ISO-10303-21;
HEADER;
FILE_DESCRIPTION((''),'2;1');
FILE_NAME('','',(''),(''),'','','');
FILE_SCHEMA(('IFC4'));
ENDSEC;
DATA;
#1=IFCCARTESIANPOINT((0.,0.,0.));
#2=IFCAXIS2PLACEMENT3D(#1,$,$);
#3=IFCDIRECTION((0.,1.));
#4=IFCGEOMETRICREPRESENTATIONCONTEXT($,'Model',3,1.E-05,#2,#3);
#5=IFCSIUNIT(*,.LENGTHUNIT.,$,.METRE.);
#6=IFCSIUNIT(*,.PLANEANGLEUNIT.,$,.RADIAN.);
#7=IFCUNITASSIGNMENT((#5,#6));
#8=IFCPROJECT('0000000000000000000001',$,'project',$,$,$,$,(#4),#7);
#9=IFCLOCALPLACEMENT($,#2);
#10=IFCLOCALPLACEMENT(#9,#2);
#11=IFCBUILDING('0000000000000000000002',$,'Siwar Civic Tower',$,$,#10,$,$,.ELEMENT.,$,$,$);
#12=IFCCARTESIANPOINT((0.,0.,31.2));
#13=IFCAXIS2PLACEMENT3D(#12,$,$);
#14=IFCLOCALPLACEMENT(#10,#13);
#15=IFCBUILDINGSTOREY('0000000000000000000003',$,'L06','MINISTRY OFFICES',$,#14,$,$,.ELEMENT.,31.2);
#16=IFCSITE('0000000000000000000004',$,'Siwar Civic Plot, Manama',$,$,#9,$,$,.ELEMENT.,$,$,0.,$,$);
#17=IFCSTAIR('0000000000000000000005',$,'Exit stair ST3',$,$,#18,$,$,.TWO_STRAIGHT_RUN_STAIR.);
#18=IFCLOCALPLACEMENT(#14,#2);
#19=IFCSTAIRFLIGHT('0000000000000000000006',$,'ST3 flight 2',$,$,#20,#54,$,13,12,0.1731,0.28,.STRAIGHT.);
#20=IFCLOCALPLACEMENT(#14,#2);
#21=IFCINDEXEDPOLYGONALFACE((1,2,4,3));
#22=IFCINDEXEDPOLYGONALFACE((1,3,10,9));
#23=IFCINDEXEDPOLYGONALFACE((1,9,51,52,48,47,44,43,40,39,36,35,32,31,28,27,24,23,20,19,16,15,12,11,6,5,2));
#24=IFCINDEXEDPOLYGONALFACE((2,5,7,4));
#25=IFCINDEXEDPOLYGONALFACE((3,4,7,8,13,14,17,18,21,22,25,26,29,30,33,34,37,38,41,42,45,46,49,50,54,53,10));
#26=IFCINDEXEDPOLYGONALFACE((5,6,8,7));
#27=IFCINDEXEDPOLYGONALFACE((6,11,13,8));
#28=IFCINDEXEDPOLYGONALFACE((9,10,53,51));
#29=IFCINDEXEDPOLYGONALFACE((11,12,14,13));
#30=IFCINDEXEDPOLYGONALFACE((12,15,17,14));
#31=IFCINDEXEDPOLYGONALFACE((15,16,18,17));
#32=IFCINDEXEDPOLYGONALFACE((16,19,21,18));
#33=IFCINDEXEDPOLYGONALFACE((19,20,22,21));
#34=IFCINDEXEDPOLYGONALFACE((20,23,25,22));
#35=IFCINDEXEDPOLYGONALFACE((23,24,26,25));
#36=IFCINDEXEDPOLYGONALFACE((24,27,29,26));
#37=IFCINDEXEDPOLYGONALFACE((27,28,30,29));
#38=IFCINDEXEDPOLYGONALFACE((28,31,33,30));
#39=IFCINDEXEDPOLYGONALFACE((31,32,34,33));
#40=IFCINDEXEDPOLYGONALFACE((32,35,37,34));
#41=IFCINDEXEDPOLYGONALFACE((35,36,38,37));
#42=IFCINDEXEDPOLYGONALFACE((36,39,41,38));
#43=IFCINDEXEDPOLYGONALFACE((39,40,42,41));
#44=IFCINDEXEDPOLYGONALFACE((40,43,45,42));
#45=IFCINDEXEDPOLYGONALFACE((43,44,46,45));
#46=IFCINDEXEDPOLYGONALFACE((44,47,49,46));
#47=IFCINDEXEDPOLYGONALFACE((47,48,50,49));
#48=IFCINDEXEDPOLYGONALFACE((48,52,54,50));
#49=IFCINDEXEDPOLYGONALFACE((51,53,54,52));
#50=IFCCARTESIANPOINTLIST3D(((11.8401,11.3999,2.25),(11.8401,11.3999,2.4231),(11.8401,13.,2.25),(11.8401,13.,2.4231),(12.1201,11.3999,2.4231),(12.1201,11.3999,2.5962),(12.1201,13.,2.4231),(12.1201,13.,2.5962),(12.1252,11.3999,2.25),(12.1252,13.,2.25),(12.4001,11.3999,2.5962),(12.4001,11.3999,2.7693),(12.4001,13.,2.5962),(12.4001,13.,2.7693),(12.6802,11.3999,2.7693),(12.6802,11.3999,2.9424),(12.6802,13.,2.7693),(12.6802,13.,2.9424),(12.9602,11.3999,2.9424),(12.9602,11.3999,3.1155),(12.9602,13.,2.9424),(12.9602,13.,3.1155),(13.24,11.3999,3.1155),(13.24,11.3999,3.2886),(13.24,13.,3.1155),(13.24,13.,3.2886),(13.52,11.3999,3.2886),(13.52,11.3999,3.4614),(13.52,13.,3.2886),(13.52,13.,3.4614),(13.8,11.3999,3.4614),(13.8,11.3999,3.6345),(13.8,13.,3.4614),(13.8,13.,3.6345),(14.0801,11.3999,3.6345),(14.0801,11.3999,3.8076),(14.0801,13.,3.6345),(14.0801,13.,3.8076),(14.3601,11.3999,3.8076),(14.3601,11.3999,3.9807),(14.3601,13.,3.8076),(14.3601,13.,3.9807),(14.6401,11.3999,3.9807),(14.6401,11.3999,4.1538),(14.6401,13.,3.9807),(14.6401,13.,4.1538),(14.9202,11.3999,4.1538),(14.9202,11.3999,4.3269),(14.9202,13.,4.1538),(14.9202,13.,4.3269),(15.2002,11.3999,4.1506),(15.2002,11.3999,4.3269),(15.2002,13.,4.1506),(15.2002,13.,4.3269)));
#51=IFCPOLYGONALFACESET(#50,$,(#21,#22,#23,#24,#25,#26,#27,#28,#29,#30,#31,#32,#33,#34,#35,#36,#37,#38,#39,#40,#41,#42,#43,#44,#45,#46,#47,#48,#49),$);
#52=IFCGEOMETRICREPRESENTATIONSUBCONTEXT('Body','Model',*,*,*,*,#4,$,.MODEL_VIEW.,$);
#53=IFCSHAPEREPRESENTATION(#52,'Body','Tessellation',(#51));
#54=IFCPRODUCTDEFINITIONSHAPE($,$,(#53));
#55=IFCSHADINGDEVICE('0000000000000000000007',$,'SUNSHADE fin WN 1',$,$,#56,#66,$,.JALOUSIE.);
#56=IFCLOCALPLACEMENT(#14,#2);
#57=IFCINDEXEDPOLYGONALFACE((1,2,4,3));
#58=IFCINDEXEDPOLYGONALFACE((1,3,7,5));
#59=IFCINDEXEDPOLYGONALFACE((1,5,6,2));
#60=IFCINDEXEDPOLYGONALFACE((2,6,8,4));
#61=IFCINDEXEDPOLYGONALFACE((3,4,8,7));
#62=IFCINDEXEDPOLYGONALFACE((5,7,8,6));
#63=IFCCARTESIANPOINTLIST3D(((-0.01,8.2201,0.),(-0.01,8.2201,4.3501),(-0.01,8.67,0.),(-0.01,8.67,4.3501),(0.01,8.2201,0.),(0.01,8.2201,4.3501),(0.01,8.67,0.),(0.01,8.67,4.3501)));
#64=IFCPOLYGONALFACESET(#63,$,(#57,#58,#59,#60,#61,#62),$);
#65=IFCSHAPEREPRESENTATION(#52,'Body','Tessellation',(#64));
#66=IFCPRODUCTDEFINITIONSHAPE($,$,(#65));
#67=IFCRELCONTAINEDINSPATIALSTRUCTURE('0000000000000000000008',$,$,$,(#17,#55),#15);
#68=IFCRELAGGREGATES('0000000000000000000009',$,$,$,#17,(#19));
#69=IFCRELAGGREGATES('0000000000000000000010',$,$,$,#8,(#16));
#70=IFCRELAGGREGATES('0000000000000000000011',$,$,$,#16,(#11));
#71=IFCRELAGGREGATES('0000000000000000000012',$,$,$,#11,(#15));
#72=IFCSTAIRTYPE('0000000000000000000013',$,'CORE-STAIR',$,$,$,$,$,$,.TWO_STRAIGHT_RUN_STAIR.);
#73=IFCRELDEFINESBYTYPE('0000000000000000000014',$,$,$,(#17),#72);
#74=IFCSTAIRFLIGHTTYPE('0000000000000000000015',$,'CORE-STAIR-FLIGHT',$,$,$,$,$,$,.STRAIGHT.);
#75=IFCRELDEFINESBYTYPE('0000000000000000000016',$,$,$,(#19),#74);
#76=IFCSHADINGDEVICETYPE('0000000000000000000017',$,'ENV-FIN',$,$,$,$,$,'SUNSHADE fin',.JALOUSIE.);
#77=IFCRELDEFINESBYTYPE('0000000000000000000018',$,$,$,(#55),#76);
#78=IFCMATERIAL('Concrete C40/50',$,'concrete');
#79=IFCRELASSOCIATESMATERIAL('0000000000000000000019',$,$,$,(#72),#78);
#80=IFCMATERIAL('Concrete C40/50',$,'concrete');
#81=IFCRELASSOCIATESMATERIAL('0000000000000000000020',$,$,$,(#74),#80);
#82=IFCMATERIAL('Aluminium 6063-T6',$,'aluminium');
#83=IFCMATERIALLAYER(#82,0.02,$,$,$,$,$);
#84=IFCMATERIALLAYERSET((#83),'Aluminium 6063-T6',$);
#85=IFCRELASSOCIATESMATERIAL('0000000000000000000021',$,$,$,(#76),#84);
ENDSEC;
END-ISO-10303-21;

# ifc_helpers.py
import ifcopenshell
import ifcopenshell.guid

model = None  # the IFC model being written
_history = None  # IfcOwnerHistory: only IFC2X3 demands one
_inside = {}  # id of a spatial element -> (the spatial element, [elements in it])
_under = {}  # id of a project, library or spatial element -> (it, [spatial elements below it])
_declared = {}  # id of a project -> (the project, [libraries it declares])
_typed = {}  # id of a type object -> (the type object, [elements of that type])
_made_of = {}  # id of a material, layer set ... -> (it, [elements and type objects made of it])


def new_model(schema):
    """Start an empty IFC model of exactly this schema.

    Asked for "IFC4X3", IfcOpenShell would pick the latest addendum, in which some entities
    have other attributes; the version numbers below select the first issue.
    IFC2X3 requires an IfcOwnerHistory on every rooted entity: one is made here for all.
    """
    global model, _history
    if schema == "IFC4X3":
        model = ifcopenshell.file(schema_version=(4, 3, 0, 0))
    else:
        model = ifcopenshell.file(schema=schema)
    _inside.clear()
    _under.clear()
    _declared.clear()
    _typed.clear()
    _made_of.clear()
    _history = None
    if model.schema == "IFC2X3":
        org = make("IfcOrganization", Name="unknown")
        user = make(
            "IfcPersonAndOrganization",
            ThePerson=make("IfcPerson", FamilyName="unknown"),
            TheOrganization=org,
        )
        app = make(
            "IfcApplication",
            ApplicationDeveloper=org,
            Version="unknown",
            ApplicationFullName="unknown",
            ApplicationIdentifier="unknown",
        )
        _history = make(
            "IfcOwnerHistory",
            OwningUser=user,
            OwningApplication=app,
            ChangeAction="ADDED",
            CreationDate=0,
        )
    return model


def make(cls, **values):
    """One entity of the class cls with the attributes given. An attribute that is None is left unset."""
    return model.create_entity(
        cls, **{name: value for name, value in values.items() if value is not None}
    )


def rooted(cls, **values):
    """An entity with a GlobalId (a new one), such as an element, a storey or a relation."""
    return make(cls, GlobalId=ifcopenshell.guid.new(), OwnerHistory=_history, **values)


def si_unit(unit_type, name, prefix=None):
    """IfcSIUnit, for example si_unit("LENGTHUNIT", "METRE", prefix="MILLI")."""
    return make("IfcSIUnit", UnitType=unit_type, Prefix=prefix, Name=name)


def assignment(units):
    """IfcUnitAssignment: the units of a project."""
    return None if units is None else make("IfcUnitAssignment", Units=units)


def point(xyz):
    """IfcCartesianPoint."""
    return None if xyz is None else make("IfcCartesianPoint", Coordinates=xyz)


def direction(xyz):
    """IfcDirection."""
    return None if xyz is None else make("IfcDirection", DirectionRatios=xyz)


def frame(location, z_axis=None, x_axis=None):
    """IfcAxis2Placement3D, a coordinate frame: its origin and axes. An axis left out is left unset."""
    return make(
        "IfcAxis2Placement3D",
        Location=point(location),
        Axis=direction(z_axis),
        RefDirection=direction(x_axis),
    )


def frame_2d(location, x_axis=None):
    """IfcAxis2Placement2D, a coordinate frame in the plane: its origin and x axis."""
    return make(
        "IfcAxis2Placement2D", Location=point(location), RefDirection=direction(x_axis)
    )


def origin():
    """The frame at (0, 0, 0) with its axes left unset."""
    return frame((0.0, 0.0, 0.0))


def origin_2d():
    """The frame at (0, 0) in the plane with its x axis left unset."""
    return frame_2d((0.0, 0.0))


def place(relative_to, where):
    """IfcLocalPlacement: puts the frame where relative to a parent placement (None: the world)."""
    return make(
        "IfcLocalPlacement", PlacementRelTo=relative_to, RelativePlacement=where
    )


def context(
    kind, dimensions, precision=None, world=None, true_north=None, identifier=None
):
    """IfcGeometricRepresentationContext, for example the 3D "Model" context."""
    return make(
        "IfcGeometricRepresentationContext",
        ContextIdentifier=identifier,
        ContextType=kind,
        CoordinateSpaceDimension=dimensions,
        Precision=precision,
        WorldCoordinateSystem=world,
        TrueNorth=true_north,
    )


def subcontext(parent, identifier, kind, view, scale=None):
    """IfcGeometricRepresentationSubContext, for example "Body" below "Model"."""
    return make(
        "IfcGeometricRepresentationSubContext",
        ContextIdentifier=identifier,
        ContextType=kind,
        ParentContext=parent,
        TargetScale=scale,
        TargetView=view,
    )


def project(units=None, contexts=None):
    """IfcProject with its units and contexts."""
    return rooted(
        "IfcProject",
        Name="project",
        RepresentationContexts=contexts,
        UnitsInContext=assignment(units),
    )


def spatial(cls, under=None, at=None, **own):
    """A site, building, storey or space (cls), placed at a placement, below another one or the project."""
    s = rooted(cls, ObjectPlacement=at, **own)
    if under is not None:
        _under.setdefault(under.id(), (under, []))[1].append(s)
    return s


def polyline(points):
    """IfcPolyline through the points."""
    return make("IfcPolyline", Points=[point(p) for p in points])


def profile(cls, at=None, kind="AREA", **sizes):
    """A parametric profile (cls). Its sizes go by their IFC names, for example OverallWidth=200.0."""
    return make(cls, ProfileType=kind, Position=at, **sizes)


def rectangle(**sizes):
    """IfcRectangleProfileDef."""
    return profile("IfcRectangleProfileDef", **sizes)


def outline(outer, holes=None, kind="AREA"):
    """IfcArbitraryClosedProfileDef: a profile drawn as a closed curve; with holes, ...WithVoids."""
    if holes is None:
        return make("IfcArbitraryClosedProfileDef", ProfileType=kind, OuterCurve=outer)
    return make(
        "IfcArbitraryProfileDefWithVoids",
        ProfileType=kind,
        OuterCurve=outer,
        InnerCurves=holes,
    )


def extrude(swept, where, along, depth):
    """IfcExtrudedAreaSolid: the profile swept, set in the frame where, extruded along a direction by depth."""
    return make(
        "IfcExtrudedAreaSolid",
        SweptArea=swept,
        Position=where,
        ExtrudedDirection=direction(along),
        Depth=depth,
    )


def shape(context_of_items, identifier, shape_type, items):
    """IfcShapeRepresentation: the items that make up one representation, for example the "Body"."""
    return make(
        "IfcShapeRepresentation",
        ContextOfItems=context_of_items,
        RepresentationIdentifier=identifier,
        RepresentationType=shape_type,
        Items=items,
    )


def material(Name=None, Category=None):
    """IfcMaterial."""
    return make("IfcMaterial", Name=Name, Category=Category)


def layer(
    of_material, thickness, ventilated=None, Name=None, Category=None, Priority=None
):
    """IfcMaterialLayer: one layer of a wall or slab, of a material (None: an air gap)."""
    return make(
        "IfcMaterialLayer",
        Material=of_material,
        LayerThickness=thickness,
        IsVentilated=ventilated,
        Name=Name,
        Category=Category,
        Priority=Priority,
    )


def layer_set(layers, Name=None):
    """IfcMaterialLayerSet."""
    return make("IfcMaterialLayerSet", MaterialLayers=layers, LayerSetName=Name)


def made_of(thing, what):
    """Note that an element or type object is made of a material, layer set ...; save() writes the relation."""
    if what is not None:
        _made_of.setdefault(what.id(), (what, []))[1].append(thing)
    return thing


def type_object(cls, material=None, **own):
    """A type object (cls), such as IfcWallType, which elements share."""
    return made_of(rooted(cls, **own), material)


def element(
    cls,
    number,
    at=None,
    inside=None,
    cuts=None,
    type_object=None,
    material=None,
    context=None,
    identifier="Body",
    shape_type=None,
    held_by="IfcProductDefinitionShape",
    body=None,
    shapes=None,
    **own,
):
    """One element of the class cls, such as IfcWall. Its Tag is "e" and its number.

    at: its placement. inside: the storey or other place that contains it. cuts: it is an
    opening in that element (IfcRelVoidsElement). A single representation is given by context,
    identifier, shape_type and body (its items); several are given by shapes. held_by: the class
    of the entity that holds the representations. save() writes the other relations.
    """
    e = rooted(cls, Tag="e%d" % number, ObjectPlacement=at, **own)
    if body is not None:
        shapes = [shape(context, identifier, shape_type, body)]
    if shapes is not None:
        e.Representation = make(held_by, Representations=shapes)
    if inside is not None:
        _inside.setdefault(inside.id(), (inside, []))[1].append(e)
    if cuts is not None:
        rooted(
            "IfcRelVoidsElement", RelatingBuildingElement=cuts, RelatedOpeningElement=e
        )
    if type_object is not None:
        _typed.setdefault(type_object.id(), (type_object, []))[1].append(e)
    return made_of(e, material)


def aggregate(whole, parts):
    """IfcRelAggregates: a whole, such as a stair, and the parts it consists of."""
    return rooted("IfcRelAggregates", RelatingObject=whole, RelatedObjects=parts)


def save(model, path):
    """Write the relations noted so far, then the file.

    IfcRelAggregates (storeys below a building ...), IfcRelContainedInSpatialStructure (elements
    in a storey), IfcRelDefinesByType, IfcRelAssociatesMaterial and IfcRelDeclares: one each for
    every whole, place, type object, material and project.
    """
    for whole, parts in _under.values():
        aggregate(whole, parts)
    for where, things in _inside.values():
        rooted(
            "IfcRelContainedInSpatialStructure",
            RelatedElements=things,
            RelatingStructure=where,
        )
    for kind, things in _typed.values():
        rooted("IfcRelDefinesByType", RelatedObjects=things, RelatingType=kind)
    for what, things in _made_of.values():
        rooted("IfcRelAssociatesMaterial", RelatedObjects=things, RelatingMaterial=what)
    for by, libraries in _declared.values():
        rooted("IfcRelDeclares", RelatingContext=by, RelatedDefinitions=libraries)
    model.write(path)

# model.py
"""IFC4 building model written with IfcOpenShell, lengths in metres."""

from ifc_helpers import new_model, si_unit, direction, frame, origin, origin_2d, place, context, subcontext, project, spatial, polyline, rectangle, outline, extrude, material, layer, layer_set, type_object, element, aggregate, save


model = new_model("IFC4")

# Units and contexts
model_context = context("Model", 3, precision=1e-05, world=origin(), true_north=direction((0.0, 1.0)))
body_context = subcontext(model_context, "Body", "Model", "MODEL_VIEW")
ifc_project = project(units=[si_unit("LENGTHUNIT", "METRE"), si_unit("PLANEANGLEUNIT", "RADIAN")], contexts=[model_context])

# Site, building, storey
site_placement = place(None, origin())
site = spatial("IfcSite", under=ifc_project, at=site_placement, Name="Siwar Civic Plot, Manama", CompositionType="ELEMENT", RefElevation=0.0)
building_placement = place(site_placement, origin())
building = spatial("IfcBuilding", under=site, at=building_placement, Name="Siwar Civic Tower", CompositionType="ELEMENT")
storey_placement = place(building_placement, frame((0.0, 0.0, 31.2)))
storey = spatial("IfcBuildingStorey", under=building, at=storey_placement, Name="L06", Description="MINISTRY OFFICES", CompositionType="ELEMENT", Elevation=31.2)

# Stair
ifc_material_1 = material(Name="Concrete C40/50", Category="concrete")
stair_type = type_object("IfcStairType", Name="CORE-STAIR", PredefinedType="TWO_STRAIGHT_RUN_STAIR", material=ifc_material_1)
stair_1_placement = place(storey_placement, origin())
stair_1 = element("IfcStair", 1, at=stair_1_placement, inside=storey, type_object=stair_type, Name="Exit stair ST3", PredefinedType="TWO_STRAIGHT_RUN_STAIR")

# Stair flight
ifc_material_2 = material(Name="Concrete C40/50", Category="concrete")
stair_flight_type = type_object("IfcStairFlightType", Name="CORE-STAIR-FLIGHT", PredefinedType="STRAIGHT", material=ifc_material_2)
stair_flight_1_placement = place(storey_placement, frame((11.8401, 12.2, 2.25), z_axis=(0.0, 0.0, 1.0), x_axis=(1.0, 0.0, 0.0)))
stair_flight_1 = element("IfcStairFlight", 2, at=stair_flight_1_placement, type_object=stair_flight_type, Name="ST3 flight 2", NumberOfRisers=13, NumberOfTreads=12, PredefinedType="STRAIGHT", RiserHeight=0.1731, TreadLength=0.28, context=body_context, shape_type="SweptSolid", body=[
    extrude(outline(polyline([(0.0, 0.0), (0.0, 0.1731), (0.28, 0.1731), (0.28, 0.3462), (0.5601, 0.3462), (0.5601, 0.5193), (0.8401, 0.5193), (0.8401, 0.6924), (1.1201, 0.6924), (1.1201, 0.8655), (1.3999, 0.8655), (1.3999, 1.0386), (1.6799, 1.0386), (1.6799, 1.2114), (1.96, 1.2114), (1.96, 1.3845), (2.24, 1.3845), (2.24, 1.5576), (2.52, 1.5576), (2.52, 1.7307), (2.8, 1.7307), (2.8, 1.9038), (3.0801, 1.9038), (3.0801, 2.0769), (3.3601, 2.0769), (3.3601, 2.25), (3.3601, 1.9006), (0.2852, 0.0), (0.0, 0.0)])), frame((0.0, 0.8, 0.0), z_axis=(0.0, -1.0, 0.0), x_axis=(1.0, 0.0, 0.0)), (0.0, 0.0, 1.0), 1.6001),
])
aggregate(stair_1, [stair_flight_1])

# Shading device
ifc_material_3 = material(Name="Aluminium 6063-T6", Category="aluminium")
ifc_layer_1 = layer(ifc_material_3, 0.02)
ifc_layer_set_1 = layer_set([ifc_layer_1], Name="Aluminium 6063-T6")
shading_device_type = type_object("IfcShadingDeviceType", Name="ENV-FIN", ElementType="SUNSHADE fin", PredefinedType="JALOUSIE", material=ifc_layer_set_1)
shading_device_placement = place(storey_placement, frame((0.0, 8.4451, 0.0), z_axis=(0.0, 0.0, 1.0), x_axis=(-1.0, 0.0, 0.0)))
element("IfcShadingDevice", 3, at=shading_device_placement, inside=storey, type_object=shading_device_type, Name="SUNSHADE fin WN 1", PredefinedType="JALOUSIE", context=body_context, shape_type="SweptSolid", body=[
    extrude(rectangle(XDim=0.02, YDim=0.45, at=origin_2d()), origin(), (0.0, 0.0, 1.0), 4.3501),
])

save(model, "model.ifc")
